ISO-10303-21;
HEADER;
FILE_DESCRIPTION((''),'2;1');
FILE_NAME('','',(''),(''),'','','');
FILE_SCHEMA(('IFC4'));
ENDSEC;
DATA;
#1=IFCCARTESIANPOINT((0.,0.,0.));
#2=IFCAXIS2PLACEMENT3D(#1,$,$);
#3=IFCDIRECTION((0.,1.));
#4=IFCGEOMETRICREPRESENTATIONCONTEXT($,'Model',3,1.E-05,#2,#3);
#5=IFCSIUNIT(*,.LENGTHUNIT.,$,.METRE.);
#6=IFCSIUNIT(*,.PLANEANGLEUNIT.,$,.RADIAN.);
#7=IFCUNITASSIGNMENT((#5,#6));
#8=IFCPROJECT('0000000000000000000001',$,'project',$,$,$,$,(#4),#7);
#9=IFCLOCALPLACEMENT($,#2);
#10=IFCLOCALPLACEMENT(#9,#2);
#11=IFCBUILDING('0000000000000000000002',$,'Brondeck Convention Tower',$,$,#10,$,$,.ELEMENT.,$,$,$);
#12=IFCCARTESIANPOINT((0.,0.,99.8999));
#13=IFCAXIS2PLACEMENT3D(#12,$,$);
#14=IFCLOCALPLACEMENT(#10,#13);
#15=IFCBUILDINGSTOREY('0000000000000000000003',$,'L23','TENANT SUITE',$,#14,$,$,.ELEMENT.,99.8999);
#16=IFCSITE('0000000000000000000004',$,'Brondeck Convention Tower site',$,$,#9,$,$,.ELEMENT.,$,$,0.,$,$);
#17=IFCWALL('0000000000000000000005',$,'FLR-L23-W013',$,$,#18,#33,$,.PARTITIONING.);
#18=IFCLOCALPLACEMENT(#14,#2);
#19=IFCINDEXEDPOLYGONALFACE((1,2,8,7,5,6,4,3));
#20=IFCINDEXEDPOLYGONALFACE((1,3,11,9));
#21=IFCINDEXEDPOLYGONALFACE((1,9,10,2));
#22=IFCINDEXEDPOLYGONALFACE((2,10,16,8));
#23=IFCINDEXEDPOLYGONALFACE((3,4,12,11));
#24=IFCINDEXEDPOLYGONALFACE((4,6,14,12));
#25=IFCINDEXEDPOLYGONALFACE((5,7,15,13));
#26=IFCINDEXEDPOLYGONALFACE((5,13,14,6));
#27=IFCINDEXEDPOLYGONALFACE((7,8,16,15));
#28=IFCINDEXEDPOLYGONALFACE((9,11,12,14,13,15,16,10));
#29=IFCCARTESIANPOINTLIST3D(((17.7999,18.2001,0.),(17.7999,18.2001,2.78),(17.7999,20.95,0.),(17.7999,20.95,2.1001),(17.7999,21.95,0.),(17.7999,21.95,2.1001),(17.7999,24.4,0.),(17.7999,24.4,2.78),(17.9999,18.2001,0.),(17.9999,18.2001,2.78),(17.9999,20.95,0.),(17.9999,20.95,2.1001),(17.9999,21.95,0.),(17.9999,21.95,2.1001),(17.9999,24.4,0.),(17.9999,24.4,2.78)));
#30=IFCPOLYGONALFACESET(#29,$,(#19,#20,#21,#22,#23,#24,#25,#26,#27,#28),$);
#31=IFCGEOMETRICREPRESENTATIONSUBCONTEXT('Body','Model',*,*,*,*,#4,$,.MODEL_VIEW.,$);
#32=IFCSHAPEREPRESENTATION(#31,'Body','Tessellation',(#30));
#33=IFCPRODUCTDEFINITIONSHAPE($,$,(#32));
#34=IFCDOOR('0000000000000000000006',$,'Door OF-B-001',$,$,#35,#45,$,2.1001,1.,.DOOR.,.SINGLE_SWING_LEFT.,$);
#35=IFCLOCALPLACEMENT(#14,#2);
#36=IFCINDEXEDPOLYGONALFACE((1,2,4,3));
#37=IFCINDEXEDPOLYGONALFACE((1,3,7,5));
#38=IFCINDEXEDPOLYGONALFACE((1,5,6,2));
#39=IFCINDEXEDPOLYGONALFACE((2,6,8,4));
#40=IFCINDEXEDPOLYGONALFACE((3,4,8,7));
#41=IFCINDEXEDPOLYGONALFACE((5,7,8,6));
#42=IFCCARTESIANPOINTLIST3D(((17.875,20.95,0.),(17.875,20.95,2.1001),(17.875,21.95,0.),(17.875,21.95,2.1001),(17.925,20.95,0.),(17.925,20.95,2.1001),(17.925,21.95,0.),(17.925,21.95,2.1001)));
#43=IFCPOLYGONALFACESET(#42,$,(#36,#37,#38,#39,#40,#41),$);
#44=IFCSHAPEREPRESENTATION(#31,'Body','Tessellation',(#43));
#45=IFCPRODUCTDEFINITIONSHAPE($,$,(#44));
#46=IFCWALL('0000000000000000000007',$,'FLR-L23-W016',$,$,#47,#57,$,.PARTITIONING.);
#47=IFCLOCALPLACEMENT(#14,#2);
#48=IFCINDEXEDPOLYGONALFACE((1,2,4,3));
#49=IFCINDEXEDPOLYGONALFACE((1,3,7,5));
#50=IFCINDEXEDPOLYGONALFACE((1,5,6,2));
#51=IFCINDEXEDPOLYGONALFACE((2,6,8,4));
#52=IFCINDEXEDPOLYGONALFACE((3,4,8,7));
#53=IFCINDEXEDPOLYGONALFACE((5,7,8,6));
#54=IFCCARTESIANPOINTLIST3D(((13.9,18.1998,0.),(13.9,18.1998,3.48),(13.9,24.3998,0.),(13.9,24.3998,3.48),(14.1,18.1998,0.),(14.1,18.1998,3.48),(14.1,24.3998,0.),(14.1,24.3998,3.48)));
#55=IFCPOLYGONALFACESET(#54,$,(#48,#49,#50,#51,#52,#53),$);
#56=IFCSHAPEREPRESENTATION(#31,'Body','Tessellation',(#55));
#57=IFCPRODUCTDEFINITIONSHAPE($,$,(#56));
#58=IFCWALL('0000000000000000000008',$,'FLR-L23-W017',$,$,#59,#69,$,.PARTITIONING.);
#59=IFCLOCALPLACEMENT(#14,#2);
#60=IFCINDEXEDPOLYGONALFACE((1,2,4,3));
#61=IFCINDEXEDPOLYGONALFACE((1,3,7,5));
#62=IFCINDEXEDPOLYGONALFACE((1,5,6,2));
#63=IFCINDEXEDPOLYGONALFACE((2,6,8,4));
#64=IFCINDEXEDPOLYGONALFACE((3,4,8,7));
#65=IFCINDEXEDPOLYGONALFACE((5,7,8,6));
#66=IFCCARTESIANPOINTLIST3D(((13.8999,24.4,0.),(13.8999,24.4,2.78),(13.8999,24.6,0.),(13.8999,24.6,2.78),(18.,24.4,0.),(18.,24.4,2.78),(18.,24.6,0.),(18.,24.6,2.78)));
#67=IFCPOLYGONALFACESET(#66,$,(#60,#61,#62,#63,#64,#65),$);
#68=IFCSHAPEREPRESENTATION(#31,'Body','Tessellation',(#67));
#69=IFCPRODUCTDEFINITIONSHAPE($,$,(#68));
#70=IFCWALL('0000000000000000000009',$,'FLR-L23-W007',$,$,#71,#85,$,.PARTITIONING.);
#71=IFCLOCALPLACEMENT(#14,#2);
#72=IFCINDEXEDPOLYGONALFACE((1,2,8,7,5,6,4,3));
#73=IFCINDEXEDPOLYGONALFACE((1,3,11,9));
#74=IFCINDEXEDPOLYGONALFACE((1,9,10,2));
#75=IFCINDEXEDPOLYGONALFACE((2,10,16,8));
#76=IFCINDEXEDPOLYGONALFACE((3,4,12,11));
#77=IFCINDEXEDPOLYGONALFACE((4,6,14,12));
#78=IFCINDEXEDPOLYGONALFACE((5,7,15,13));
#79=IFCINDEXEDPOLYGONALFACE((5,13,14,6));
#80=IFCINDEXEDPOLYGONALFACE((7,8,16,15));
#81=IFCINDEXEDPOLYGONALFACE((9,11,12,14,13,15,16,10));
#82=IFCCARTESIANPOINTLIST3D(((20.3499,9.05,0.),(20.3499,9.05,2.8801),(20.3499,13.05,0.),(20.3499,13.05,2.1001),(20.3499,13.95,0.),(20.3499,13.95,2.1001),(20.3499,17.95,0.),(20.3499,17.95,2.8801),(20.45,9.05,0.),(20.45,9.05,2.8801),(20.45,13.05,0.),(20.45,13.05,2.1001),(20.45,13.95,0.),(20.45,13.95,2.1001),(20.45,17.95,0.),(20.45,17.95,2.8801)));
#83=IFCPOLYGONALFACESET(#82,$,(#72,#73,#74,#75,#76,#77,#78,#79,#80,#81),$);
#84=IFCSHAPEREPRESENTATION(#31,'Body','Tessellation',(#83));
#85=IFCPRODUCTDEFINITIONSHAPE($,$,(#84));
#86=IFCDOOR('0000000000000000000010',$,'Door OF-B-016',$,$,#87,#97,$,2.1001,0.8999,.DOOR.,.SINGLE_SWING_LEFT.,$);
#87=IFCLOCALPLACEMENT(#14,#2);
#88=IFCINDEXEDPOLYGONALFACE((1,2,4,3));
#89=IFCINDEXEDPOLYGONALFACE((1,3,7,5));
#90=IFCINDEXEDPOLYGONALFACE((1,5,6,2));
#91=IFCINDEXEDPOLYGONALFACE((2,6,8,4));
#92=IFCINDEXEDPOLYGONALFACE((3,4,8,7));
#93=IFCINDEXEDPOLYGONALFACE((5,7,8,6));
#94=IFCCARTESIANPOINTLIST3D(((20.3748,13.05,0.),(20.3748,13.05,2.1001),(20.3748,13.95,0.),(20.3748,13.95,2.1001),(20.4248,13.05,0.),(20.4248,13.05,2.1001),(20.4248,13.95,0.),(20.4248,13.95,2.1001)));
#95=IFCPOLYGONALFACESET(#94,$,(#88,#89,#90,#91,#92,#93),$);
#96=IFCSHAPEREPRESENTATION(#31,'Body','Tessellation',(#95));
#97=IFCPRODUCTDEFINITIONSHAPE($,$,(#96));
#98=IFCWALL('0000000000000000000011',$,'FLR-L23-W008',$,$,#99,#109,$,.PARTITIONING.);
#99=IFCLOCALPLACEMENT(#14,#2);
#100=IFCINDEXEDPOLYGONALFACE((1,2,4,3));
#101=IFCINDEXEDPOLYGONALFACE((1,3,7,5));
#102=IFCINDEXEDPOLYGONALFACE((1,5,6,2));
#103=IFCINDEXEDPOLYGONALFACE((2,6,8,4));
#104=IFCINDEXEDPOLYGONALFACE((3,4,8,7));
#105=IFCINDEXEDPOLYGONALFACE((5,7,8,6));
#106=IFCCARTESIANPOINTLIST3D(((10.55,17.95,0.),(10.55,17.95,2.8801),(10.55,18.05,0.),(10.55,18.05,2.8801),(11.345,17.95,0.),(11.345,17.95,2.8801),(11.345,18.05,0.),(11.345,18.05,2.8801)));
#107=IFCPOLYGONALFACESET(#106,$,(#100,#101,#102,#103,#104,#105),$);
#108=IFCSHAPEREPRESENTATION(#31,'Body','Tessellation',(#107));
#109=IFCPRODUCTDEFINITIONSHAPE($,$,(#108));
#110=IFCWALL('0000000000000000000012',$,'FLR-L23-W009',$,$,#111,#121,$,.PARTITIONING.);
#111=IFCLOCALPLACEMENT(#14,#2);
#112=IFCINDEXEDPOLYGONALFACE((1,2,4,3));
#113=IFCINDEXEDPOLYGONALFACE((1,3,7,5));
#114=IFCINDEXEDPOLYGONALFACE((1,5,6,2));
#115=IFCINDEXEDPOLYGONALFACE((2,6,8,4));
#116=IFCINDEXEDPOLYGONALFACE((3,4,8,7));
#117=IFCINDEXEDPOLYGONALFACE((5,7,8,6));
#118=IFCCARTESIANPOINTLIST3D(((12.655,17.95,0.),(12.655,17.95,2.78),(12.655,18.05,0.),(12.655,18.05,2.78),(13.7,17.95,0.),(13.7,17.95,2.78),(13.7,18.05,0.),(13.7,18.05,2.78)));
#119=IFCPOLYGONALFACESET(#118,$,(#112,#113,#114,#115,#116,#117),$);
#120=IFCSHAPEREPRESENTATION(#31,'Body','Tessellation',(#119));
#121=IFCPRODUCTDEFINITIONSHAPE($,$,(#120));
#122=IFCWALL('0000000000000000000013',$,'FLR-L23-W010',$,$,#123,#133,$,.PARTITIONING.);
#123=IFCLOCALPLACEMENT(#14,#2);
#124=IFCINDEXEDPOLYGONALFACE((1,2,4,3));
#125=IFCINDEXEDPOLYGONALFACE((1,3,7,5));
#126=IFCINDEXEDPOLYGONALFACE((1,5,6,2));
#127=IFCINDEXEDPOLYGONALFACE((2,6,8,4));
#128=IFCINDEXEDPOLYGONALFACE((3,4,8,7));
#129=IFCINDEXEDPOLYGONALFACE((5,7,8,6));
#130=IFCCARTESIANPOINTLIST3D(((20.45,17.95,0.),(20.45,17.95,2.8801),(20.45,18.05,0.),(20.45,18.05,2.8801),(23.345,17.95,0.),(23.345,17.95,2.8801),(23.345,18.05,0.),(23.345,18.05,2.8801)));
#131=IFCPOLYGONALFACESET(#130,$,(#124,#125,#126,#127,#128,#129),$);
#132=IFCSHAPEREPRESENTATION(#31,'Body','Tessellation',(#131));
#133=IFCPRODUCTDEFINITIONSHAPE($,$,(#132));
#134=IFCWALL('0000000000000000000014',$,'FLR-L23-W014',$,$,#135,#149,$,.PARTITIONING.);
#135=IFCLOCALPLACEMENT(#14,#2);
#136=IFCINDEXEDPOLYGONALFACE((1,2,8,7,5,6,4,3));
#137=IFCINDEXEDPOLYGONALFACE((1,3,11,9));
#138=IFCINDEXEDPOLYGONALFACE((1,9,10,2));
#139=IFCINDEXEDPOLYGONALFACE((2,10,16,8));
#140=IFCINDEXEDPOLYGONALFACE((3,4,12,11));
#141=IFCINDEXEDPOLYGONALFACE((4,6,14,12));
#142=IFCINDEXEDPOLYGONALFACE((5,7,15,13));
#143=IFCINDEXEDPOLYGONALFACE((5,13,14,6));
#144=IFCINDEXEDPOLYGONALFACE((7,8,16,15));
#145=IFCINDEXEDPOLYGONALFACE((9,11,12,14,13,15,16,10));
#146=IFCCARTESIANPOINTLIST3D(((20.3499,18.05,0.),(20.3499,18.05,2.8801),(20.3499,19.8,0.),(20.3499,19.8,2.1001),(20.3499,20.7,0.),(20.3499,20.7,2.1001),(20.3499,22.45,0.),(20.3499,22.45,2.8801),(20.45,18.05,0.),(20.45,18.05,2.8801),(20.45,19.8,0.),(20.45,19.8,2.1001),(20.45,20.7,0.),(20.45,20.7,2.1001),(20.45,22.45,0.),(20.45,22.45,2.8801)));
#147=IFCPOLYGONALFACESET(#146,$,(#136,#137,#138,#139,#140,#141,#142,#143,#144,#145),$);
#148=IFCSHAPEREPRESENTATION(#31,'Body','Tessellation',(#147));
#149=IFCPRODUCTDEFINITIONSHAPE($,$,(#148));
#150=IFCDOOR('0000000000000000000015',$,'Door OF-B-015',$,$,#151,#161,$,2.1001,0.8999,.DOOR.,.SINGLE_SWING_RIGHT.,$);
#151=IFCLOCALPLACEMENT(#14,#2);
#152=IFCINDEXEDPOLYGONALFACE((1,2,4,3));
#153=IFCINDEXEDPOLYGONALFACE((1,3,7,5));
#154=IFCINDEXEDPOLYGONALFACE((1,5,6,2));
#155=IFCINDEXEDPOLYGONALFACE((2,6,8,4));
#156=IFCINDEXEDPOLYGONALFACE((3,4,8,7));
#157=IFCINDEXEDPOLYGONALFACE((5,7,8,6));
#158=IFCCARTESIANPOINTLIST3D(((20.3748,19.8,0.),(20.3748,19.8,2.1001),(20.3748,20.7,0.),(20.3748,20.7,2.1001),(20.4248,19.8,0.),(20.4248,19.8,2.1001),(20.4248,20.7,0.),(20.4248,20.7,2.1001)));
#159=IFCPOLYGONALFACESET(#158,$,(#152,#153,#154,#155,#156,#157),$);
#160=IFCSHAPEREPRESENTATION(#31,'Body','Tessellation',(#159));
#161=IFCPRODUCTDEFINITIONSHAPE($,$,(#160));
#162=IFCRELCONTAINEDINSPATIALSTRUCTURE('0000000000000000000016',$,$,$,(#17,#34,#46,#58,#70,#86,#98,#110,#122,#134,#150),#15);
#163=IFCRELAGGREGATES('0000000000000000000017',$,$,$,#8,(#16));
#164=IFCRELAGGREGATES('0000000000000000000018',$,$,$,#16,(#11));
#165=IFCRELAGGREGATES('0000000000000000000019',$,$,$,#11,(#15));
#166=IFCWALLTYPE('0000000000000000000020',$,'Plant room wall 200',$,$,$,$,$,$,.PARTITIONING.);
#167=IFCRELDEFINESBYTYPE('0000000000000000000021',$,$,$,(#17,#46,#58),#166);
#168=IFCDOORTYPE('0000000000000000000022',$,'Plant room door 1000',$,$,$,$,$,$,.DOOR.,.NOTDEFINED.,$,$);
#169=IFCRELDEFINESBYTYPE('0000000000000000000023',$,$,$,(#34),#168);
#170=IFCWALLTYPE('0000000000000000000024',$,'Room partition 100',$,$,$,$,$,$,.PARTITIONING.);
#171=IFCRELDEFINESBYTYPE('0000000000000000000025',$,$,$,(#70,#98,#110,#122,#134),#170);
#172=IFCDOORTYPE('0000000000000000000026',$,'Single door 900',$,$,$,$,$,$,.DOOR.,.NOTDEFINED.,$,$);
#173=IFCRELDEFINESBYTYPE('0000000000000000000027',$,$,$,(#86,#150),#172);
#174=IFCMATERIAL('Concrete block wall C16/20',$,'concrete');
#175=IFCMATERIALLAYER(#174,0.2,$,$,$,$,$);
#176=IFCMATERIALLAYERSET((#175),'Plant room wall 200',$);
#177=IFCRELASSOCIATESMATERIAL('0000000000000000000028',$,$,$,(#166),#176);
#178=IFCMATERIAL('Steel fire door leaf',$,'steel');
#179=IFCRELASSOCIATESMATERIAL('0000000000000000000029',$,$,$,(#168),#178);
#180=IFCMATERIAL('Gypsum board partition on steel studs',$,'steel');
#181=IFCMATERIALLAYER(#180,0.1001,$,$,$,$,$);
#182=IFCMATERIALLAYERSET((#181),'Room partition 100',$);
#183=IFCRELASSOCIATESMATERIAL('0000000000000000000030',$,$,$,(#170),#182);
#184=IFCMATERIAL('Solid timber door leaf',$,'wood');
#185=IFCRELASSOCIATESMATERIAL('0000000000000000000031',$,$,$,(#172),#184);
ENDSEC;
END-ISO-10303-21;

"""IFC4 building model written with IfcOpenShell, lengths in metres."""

from ifc_helpers import new_model, si_unit, direction, frame, frame_2d, origin, place, context, subcontext, project, spatial, rectangle, extrude, material, layer, layer_set, type_object, element, fill, save


model = new_model("IFC4")

# Units and contexts
model_context = context("Model", 3, precision=1e-05, world=origin(), true_north=direction((0.0, 1.0)))
body_context = subcontext(model_context, "Body", "Model", "MODEL_VIEW")
ifc_project = project(units=[si_unit("LENGTHUNIT", "METRE"), si_unit("PLANEANGLEUNIT", "RADIAN")], contexts=[model_context])

# Site, building, storey
site_placement = place(None, origin())
site = spatial("IfcSite", under=ifc_project, at=site_placement, Name="Brondeck Convention Tower site", CompositionType="ELEMENT", RefElevation=0.0)
building_placement = place(site_placement, origin())
building = spatial("IfcBuilding", under=site, at=building_placement, Name="Brondeck Convention Tower", CompositionType="ELEMENT")
storey_placement = place(building_placement, frame((0.0, 0.0, 99.8999)))
storey = spatial("IfcBuildingStorey", under=building, at=storey_placement, Name="L23", Description="TENANT SUITE", CompositionType="ELEMENT", Elevation=99.8999)

# Wall, opening, door
ifc_material_1 = material(Name="Concrete block wall C16/20", Category="concrete")
ifc_layer_1 = layer(ifc_material_1, 0.2)
ifc_layer_set_1 = layer_set([ifc_layer_1], Name="Plant room wall 200")
wall_type_1 = type_object("IfcWallType", Name="Plant room wall 200", PredefinedType="PARTITIONING", material=ifc_layer_set_1)
wall_1_placement = place(storey_placement, frame((17.8999, 18.2, 0.0), z_axis=(0.0, 0.0, 1.0), x_axis=(0.0, 1.0, 0.0)))
wall_1 = element("IfcWall", 1, at=wall_1_placement, inside=storey, type_object=wall_type_1, Name="FLR-L23-W013", PredefinedType="PARTITIONING", context=body_context, shape_type="SweptSolid", body=[
    extrude(rectangle(XDim=6.2, YDim=0.2, at=frame_2d((3.1001, 0.0))), origin(), (0.0, 0.0, 1.0), 2.78),
])
opening_1_placement = place(wall_1_placement, frame((2.75, 0.0, 0.0)))
opening_1 = element("IfcOpeningElement", 2, at=opening_1_placement, cuts=wall_1, PredefinedType="OPENING", context=body_context, shape_type="SweptSolid", body=[
    extrude(rectangle(XDim=1.0, YDim=2.1001, at=frame_2d((0.5, 1.05))), frame((0.0, 0.1099, 0.0), z_axis=(0.0, -1.0, 0.0), x_axis=(1.0, 0.0, 0.0)), (0.0, 0.0, 1.0), 0.22),
])
ifc_material_2 = material(Name="Steel fire door leaf", Category="steel")
door_type_1 = type_object("IfcDoorType", Name="Plant room door 1000", OperationType="NOTDEFINED", PredefinedType="DOOR", material=ifc_material_2)
door_1_placement = place(opening_1_placement, origin())
door_1 = element("IfcDoor", 3, at=door_1_placement, inside=storey, type_object=door_type_1, Name="Door OF-B-001", OperationType="SINGLE_SWING_LEFT", OverallHeight=2.1001, OverallWidth=1.0, PredefinedType="DOOR", context=body_context, shape_type="SweptSolid", body=[
    extrude(rectangle(XDim=1.0, YDim=2.1001, at=frame_2d((0.5, 1.05))), frame((0.0, 0.0249, 0.0), z_axis=(0.0, -1.0, 0.0), x_axis=(1.0, 0.0, 0.0)), (0.0, 0.0, 1.0), 0.05),
])
fill(opening_1, door_1)

# Walls
wall_2_placement = place(storey_placement, frame((14.0, 24.3999, 0.0), z_axis=(0.0, 0.0, 1.0), x_axis=(0.0, -1.0, 0.0)))
element("IfcWall", 4, at=wall_2_placement, inside=storey, type_object=wall_type_1, Name="FLR-L23-W016", PredefinedType="PARTITIONING", context=body_context, shape_type="SweptSolid", body=[
    extrude(rectangle(XDim=6.2, YDim=0.2, at=frame_2d((3.1001, 0.0))), origin(), (0.0, 0.0, 1.0), 3.48),
])
wall_3_placement = place(storey_placement, frame((18.0, 24.5, 0.0), z_axis=(0.0, 0.0, 1.0), x_axis=(-1.0, 0.0, 0.0)))
element("IfcWall", 5, at=wall_3_placement, inside=storey, type_object=wall_type_1, Name="FLR-L23-W017", PredefinedType="PARTITIONING", context=body_context, shape_type="SweptSolid", body=[
    extrude(rectangle(XDim=4.1001, YDim=0.2, at=frame_2d((2.05, 0.0))), origin(), (0.0, 0.0, 1.0), 2.78),
])

# Wall, opening, door
ifc_material_3 = material(Name="Gypsum board partition on steel studs", Category="steel")
ifc_layer_2 = layer(ifc_material_3, 0.1001)
ifc_layer_set_2 = layer_set([ifc_layer_2], Name="Room partition 100")
wall_type_2 = type_object("IfcWallType", Name="Room partition 100", PredefinedType="PARTITIONING", material=ifc_layer_set_2)
wall_4_placement = place(storey_placement, frame((20.3999, 17.95, 0.0), z_axis=(0.0, 0.0, 1.0), x_axis=(0.0, -1.0, 0.0)))
wall_4 = element("IfcWall", 6, at=wall_4_placement, inside=storey, type_object=wall_type_2, Name="FLR-L23-W007", PredefinedType="PARTITIONING", context=body_context, shape_type="SweptSolid", body=[
    extrude(rectangle(XDim=8.8999, YDim=0.1001, at=frame_2d((4.45, 0.0))), origin(), (0.0, 0.0, 1.0), 2.8801),
])
opening_2_placement = place(wall_4_placement, frame((4.0, 0.0, 0.0)))
opening_2 = element("IfcOpeningElement", 7, at=opening_2_placement, cuts=wall_4, PredefinedType="OPENING", context=body_context, shape_type="SweptSolid", body=[
    extrude(rectangle(XDim=0.8999, YDim=2.1001, at=frame_2d((0.45, 1.05))), frame((0.0, 0.0601, 0.0), z_axis=(0.0, -1.0, 0.0), x_axis=(1.0, 0.0, 0.0)), (0.0, 0.0, 1.0), 0.1201),
])
ifc_material_4 = material(Name="Solid timber door leaf", Category="wood")
door_type_2 = type_object("IfcDoorType", Name="Single door 900", OperationType="NOTDEFINED", PredefinedType="DOOR", material=ifc_material_4)
door_2_placement = place(opening_2_placement, origin())
door_2 = element("IfcDoor", 8, at=door_2_placement, inside=storey, type_object=door_type_2, Name="Door OF-B-016", OperationType="SINGLE_SWING_LEFT", OverallHeight=2.1001, OverallWidth=0.8999, PredefinedType="DOOR", context=body_context, shape_type="SweptSolid", body=[
    extrude(rectangle(XDim=0.8999, YDim=2.1001, at=frame_2d((0.45, 1.05))), frame((0.0, 0.0249, 0.0), z_axis=(0.0, -1.0, 0.0), x_axis=(1.0, 0.0, 0.0)), (0.0, 0.0, 1.0), 0.05),
])
fill(opening_2, door_2)

# Walls
wall_5_placement = place(storey_placement, frame((11.345, 18.0, 0.0), z_axis=(0.0, 0.0, 1.0), x_axis=(-1.0, 0.0, 0.0)))
element("IfcWall", 9, at=wall_5_placement, inside=storey, type_object=wall_type_2, Name="FLR-L23-W008", PredefinedType="PARTITIONING", context=body_context, shape_type="SweptSolid", body=[
    extrude(rectangle(XDim=0.7949, YDim=0.1001, at=frame_2d((0.3975, 0.0))), origin(), (0.0, 0.0, 1.0), 2.8801),
])
wall_6_placement = place(storey_placement, frame((13.7, 18.0, 0.0), z_axis=(0.0, 0.0, 1.0), x_axis=(-1.0, 0.0, 0.0)))
element("IfcWall", 10, at=wall_6_placement, inside=storey, type_object=wall_type_2, Name="FLR-L23-W009", PredefinedType="PARTITIONING", context=body_context, shape_type="SweptSolid", body=[
    extrude(rectangle(XDim=1.0449, YDim=0.1001, at=frame_2d((0.5225, 0.0))), origin(), (0.0, 0.0, 1.0), 2.78),
])
wall_7_placement = place(storey_placement, frame((23.345, 18.0, 0.0), z_axis=(0.0, 0.0, 1.0), x_axis=(-1.0, 0.0, 0.0)))
element("IfcWall", 11, at=wall_7_placement, inside=storey, type_object=wall_type_2, Name="FLR-L23-W010", PredefinedType="PARTITIONING", context=body_context, shape_type="SweptSolid", body=[
    extrude(rectangle(XDim=2.895, YDim=0.1001, at=frame_2d((1.4475, 0.0))), origin(), (0.0, 0.0, 1.0), 2.8801),
])

# Wall, opening, door
wall_8_placement = place(storey_placement, frame((20.3999, 22.45, 0.0), z_axis=(0.0, 0.0, 1.0), x_axis=(0.0, -1.0, 0.0)))
wall_8 = element("IfcWall", 12, at=wall_8_placement, inside=storey, type_object=wall_type_2, Name="FLR-L23-W014", PredefinedType="PARTITIONING", context=body_context, shape_type="SweptSolid", body=[
    extrude(rectangle(XDim=4.3999, YDim=0.1001, at=frame_2d((2.2, 0.0))), origin(), (0.0, 0.0, 1.0), 2.8801),
])
opening_3_placement = place(wall_8_placement, frame((1.75, 0.0, 0.0)))
opening_3 = element("IfcOpeningElement", 13, at=opening_3_placement, cuts=wall_8, PredefinedType="OPENING", context=body_context, shape_type="SweptSolid", body=[
    extrude(rectangle(XDim=0.8999, YDim=2.1001, at=frame_2d((0.45, 1.05))), frame((0.0, 0.0601, 0.0), z_axis=(0.0, -1.0, 0.0), x_axis=(1.0, 0.0, 0.0)), (0.0, 0.0, 1.0), 0.1201),
])
door_3_placement = place(opening_3_placement, origin())
door_3 = element("IfcDoor", 14, at=door_3_placement, inside=storey, type_object=door_type_2, Name="Door OF-B-015", OperationType="SINGLE_SWING_RIGHT", OverallHeight=2.1001, OverallWidth=0.8999, PredefinedType="DOOR", context=body_context, shape_type="SweptSolid", body=[
    extrude(rectangle(XDim=0.8999, YDim=2.1001, at=frame_2d((0.45, 1.05))), frame((0.0, 0.0249, 0.0), z_axis=(0.0, -1.0, 0.0), x_axis=(1.0, 0.0, 0.0)), (0.0, 0.0, 1.0), 0.05),
])
fill(opening_3, door_3)

save(model, "model.ifc")
